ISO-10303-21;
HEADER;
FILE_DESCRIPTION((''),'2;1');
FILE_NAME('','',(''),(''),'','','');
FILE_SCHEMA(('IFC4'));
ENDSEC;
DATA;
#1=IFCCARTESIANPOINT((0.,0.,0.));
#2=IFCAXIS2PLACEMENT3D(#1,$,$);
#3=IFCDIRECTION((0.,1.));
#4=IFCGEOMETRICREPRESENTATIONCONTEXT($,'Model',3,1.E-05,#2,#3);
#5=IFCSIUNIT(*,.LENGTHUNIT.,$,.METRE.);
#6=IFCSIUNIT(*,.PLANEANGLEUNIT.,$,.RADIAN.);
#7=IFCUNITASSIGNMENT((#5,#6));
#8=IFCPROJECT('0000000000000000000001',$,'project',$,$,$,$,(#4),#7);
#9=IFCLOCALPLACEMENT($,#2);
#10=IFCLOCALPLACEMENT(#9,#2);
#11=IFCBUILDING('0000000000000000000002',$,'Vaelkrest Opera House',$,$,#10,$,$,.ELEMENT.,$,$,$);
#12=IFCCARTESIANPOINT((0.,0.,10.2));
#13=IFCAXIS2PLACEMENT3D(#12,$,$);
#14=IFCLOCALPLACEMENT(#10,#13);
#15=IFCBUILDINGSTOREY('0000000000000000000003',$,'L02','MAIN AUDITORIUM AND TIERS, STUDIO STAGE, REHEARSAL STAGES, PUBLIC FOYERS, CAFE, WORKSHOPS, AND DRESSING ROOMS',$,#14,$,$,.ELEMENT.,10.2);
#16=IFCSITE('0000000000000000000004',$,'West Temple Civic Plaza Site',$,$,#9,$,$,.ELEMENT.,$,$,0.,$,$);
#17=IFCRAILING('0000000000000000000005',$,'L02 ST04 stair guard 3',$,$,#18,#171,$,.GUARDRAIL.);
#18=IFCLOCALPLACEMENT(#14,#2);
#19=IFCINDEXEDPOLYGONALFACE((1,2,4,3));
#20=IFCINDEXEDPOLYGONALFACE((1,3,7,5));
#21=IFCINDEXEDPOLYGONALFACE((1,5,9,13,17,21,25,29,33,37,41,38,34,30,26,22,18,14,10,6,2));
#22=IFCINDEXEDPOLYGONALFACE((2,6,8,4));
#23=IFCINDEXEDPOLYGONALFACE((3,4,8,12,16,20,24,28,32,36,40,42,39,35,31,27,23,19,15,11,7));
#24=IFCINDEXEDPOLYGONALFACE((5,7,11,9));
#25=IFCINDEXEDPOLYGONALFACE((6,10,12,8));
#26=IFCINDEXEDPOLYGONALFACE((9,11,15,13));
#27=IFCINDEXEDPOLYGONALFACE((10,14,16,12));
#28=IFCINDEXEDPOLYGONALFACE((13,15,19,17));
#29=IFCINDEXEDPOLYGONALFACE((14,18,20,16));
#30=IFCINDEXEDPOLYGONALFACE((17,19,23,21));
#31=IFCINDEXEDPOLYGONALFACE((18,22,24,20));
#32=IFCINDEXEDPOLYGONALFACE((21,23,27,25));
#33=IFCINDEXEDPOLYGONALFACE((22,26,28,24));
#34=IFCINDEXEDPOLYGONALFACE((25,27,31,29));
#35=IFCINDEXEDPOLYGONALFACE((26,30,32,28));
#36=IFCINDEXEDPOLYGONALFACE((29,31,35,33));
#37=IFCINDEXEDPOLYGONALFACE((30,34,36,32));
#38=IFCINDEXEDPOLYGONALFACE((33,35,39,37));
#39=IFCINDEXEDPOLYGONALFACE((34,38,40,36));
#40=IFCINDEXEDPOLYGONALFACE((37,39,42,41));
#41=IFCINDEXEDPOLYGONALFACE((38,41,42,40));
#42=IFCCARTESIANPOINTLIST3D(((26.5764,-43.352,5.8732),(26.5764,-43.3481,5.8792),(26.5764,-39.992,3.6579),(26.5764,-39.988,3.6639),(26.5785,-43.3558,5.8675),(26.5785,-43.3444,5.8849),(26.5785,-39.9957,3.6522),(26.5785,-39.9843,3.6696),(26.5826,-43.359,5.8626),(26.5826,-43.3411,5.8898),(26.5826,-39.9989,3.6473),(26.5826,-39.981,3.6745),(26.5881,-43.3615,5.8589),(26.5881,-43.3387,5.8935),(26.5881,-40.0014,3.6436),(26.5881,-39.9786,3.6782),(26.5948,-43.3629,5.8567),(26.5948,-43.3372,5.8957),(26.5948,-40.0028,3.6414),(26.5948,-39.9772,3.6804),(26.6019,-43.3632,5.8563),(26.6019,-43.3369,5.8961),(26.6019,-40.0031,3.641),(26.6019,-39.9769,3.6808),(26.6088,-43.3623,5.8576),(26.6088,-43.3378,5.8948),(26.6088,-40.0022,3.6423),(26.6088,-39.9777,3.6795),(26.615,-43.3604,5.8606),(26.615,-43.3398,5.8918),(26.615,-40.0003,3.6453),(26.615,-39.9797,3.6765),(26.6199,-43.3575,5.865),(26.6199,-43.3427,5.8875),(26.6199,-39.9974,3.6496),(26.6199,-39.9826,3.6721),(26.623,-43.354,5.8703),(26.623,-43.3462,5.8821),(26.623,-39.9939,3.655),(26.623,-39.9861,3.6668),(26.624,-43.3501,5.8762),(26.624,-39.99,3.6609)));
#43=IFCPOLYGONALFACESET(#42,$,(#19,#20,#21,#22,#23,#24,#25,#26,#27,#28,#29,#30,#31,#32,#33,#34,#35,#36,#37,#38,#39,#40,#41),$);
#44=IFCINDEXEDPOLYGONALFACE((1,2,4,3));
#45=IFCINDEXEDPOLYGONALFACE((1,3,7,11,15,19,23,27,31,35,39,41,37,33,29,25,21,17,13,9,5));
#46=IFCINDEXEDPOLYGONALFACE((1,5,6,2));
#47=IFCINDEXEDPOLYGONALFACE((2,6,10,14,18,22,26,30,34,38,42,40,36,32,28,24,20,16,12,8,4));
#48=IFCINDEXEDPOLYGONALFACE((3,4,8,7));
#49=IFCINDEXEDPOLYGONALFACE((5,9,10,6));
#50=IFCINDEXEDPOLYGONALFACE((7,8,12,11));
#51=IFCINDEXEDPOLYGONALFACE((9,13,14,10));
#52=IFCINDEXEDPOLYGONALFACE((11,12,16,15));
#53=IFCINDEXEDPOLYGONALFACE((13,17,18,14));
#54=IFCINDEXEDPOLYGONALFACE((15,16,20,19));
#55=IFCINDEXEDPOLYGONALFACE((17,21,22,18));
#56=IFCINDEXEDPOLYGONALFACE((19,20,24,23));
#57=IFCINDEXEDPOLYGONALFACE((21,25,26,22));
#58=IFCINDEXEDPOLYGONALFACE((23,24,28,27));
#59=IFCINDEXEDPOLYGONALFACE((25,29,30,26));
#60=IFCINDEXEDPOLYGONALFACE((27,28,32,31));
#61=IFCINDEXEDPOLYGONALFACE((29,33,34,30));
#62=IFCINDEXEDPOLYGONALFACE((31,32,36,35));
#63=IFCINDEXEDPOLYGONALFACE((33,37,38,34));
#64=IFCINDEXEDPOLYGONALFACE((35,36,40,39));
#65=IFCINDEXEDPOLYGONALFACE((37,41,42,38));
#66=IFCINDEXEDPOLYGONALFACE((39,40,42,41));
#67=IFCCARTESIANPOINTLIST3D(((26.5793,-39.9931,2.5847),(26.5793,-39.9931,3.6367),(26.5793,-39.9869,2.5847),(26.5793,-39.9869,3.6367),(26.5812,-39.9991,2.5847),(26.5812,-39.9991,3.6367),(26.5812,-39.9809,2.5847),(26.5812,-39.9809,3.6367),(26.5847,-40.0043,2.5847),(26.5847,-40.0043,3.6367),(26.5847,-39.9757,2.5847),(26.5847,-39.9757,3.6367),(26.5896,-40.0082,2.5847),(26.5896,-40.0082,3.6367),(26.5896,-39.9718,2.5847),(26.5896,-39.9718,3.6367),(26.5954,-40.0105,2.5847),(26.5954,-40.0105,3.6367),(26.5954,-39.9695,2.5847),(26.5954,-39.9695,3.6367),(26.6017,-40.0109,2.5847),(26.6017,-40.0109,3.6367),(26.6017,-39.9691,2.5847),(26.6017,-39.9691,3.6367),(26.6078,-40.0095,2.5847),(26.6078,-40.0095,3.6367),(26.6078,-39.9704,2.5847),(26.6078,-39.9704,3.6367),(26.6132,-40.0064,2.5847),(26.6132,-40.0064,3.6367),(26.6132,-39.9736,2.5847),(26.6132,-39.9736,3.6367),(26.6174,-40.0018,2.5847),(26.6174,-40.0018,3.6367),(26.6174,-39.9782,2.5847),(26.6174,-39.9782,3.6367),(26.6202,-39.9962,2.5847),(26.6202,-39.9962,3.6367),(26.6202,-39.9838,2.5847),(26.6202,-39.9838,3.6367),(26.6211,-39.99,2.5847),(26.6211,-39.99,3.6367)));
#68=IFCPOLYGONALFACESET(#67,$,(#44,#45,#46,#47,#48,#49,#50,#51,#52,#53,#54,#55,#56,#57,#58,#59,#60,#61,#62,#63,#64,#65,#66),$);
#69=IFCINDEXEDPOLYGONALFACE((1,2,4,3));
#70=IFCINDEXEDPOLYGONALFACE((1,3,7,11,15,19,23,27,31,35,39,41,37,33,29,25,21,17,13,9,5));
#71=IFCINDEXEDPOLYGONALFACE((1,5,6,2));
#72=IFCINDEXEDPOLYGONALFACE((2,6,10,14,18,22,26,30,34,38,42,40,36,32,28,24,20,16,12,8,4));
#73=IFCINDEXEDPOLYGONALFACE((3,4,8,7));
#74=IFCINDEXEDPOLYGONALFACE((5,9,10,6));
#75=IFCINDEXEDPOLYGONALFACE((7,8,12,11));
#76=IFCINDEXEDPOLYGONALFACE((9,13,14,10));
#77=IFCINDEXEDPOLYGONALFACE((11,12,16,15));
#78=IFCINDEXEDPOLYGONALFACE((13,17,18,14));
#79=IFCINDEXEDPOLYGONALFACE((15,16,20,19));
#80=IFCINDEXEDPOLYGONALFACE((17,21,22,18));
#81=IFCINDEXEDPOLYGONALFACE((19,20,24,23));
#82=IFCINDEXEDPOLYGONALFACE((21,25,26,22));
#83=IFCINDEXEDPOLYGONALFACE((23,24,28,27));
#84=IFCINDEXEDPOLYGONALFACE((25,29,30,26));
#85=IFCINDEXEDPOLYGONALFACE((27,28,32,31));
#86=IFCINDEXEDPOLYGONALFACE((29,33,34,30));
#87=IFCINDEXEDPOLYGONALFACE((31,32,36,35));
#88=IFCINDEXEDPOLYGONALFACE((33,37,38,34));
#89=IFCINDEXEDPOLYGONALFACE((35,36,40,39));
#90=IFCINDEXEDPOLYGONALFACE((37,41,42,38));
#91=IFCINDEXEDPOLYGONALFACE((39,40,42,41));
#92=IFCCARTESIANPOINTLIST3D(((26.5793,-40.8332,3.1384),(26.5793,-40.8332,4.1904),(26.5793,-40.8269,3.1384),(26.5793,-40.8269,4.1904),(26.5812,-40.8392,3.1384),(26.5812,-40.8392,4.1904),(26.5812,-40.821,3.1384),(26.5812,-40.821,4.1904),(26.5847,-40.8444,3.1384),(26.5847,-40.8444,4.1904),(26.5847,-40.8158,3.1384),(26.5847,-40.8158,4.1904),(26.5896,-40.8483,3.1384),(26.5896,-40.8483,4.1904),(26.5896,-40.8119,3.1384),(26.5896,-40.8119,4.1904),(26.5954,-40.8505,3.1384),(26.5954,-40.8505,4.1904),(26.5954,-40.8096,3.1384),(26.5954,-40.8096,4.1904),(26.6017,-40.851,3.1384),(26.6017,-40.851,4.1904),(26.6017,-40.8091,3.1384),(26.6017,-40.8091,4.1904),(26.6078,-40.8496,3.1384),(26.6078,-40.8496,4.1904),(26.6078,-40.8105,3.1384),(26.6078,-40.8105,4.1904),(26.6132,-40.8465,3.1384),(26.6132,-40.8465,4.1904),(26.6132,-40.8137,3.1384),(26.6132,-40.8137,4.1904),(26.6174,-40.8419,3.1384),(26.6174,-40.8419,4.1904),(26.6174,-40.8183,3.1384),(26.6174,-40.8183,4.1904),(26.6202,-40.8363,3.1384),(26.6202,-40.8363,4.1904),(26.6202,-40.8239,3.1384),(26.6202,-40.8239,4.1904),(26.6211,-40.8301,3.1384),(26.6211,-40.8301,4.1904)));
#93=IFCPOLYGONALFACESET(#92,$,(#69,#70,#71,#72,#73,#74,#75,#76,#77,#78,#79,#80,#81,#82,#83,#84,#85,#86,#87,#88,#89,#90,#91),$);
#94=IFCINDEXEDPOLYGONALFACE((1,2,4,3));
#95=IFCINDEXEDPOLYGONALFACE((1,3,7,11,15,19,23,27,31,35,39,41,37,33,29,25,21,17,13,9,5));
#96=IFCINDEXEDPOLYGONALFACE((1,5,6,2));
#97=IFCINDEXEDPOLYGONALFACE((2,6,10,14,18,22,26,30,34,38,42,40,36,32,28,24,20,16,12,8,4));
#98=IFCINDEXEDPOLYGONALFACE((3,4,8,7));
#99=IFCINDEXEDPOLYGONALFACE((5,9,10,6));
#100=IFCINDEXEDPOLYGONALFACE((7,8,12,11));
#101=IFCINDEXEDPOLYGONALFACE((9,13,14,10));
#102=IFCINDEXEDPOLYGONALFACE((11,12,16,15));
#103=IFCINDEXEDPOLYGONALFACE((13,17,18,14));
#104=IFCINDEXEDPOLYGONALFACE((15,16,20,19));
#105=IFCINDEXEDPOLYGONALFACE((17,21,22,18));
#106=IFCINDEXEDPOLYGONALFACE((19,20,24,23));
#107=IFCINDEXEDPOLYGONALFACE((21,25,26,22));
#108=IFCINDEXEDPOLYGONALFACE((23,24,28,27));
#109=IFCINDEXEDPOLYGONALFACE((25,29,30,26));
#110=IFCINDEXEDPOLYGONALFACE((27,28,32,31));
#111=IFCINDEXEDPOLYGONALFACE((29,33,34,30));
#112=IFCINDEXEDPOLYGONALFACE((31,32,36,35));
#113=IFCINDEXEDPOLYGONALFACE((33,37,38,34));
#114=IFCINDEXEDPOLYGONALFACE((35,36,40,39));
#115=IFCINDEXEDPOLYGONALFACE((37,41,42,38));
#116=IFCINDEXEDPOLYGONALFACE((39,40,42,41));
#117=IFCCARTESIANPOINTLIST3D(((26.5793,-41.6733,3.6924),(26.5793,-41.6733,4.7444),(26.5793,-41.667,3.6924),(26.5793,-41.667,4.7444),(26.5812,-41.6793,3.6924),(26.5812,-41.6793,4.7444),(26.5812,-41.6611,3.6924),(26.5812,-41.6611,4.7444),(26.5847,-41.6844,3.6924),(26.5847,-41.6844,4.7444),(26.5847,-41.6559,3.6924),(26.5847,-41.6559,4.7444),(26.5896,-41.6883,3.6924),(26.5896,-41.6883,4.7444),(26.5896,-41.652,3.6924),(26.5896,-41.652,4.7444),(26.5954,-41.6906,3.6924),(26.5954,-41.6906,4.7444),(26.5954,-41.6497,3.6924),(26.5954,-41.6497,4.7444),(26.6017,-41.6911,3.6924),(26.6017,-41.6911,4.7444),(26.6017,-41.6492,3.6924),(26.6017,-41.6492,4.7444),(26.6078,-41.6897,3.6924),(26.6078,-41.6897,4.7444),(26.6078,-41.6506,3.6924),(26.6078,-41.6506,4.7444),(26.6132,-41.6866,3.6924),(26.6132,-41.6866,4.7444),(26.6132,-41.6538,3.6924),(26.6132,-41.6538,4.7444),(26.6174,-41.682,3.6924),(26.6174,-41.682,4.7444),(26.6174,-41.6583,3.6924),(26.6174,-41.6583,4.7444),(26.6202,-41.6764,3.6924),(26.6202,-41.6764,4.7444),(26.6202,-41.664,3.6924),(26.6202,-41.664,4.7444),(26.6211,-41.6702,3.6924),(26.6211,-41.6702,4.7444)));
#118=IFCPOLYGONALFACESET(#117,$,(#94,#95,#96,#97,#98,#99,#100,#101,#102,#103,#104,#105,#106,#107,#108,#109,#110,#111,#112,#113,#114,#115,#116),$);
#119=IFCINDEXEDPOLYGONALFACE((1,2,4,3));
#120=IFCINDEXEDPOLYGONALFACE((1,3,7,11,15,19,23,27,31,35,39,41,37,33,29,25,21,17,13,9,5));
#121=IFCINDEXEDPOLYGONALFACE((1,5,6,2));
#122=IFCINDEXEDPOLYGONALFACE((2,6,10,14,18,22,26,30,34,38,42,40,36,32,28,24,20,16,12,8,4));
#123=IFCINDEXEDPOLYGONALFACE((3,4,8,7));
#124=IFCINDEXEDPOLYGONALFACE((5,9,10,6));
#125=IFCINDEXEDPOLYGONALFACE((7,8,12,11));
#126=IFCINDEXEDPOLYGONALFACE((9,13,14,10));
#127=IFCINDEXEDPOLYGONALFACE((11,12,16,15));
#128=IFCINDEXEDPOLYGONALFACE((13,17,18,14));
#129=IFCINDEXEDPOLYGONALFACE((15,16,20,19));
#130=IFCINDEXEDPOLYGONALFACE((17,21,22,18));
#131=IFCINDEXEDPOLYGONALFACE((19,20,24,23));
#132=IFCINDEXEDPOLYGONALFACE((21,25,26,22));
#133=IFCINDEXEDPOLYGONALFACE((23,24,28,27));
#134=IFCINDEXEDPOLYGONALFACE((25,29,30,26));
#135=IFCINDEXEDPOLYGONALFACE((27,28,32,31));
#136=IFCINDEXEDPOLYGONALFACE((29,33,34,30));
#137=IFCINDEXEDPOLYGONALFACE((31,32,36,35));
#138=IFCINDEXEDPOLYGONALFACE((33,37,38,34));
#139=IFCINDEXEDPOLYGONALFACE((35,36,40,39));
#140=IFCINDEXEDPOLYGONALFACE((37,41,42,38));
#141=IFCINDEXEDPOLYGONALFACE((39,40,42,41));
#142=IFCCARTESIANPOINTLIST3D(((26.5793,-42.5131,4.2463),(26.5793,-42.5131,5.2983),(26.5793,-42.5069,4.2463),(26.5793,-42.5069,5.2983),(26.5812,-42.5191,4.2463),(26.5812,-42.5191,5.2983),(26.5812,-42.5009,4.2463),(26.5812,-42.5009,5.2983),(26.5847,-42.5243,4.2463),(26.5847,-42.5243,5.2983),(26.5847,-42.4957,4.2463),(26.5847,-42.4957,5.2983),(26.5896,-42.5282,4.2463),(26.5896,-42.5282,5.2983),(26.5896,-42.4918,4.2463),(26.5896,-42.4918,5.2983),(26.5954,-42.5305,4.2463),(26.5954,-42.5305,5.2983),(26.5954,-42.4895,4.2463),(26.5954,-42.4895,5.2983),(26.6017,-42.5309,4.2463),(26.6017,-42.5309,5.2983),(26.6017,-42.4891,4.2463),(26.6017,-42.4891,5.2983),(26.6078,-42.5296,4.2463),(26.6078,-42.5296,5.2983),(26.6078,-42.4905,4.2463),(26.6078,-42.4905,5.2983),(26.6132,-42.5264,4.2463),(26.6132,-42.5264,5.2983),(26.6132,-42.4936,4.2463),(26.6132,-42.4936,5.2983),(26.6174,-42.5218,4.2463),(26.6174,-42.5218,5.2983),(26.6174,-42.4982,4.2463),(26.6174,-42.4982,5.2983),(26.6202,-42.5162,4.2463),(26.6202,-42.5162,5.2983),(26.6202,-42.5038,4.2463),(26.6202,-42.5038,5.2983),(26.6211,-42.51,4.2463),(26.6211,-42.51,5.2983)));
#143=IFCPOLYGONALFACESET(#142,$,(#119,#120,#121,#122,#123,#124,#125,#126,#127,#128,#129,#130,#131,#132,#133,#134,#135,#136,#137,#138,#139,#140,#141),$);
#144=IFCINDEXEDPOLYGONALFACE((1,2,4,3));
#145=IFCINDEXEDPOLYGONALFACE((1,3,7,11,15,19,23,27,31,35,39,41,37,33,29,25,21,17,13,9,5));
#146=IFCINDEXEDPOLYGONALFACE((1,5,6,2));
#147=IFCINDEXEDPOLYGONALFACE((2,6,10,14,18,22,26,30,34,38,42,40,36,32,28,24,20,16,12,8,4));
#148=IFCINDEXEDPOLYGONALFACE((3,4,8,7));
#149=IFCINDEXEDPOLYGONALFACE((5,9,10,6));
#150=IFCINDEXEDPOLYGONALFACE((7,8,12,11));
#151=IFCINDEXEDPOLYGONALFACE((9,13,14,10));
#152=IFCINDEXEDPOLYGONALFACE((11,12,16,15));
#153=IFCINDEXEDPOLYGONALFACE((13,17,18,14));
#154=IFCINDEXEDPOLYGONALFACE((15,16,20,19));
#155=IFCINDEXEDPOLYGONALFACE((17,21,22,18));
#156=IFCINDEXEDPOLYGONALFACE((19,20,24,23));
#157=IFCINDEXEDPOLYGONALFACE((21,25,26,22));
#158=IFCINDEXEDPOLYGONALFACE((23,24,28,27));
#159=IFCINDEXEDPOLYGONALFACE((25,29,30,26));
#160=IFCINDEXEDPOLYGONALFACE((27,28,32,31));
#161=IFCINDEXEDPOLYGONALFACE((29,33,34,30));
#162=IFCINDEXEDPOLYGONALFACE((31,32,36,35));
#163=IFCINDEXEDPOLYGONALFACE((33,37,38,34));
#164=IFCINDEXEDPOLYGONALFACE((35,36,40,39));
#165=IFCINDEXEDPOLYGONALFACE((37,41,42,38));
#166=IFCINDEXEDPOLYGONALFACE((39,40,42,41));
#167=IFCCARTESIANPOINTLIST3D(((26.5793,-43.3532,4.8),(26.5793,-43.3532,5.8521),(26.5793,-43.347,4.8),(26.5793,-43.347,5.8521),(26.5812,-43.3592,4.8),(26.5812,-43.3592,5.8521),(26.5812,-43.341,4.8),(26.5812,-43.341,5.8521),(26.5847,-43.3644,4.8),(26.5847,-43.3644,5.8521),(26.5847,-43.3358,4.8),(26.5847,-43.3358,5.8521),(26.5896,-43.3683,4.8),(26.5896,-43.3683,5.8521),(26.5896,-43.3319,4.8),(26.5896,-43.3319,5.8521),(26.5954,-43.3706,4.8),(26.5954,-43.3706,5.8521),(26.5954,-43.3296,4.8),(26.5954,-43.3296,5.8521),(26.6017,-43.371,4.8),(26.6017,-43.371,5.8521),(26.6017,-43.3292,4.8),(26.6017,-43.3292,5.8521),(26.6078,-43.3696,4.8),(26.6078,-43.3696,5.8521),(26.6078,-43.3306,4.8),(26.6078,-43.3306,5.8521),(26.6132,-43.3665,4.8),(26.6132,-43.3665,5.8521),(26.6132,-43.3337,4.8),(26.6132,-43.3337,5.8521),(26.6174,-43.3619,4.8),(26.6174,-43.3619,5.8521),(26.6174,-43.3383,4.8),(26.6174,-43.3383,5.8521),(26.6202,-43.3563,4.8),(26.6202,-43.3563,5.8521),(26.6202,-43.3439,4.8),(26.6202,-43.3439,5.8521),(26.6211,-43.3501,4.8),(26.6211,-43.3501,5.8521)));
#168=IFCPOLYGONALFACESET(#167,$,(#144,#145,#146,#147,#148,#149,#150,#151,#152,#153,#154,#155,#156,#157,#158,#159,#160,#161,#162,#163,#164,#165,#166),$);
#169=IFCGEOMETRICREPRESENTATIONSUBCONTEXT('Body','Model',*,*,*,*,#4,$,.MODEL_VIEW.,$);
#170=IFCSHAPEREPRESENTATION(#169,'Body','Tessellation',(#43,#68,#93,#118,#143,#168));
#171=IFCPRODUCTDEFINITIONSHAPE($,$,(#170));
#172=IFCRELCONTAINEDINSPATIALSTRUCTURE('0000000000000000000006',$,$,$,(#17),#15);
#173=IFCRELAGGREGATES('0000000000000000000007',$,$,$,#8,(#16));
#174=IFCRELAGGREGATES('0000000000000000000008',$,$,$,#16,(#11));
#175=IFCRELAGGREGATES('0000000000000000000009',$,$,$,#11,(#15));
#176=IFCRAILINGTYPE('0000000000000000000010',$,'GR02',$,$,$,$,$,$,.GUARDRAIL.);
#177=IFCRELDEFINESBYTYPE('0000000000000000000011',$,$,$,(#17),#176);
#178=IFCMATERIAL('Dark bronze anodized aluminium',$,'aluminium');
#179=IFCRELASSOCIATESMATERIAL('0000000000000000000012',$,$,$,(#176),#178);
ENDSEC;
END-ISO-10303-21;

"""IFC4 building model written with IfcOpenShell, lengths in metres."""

from ifc_helpers import new_model, si_unit, direction, frame, origin, origin_2d, place, context, subcontext, project, spatial, circle, extrude, material, type_object, element, save


model = new_model("IFC4")

# Units and contexts
model_context = context("Model", 3, precision=1e-05, world=origin(), true_north=direction((0.0, 1.0)))
body_context = subcontext(model_context, "Body", "Model", "MODEL_VIEW")
ifc_project = project(units=[si_unit("LENGTHUNIT", "METRE"), si_unit("PLANEANGLEUNIT", "RADIAN")], contexts=[model_context])

# Site, building, storey
site_placement = place(None, origin())
site = spatial("IfcSite", under=ifc_project, at=site_placement, Name="West Temple Civic Plaza Site", CompositionType="ELEMENT", RefElevation=0.0)
building_placement = place(site_placement, origin())
building = spatial("IfcBuilding", under=site, at=building_placement, Name="Vaelkrest Opera House", CompositionType="ELEMENT")
storey_placement = place(building_placement, frame((0.0, 0.0, 10.2)))
storey = spatial("IfcBuildingStorey", under=building, at=storey_placement, Name="L02", Description="MAIN AUDITORIUM AND TIERS, STUDIO STAGE, REHEARSAL STAGES, PUBLIC FOYERS, CAFE, WORKSHOPS, AND DRESSING ROOMS", CompositionType="ELEMENT", Elevation=10.2)

# Shared definitions
ifc_material_1 = material(Name="Dark bronze anodized aluminium", Category="aluminium")

# Railing
railing_type_1 = type_object("IfcRailingType", Name="GR02", PredefinedType="GUARDRAIL", material=ifc_material_1)
railing_1_placement = place(storey_placement, frame((26.6001, -39.99, 2.5847)))
element("IfcRailing", 1, at=railing_1_placement, inside=storey, type_object=railing_type_1, Name="L02 ST04 stair guard 3", PredefinedType="GUARDRAIL", context=body_context, shape_type="SweptSolid", body=[
    extrude(circle(Radius=0.0239, at=origin_2d()), frame((0.0, 0.0, 1.0762), z_axis=(0.0, -0.834876, 0.550437), x_axis=(1.0, 0.0, 0.0)), (0.0, 0.0, 1.0), 4.0247),
    extrude(circle(Radius=0.021, at=origin_2d()), origin(), (0.0, 0.0, 1.0), 1.052),
    extrude(circle(Radius=0.021, at=origin_2d()), frame((0.0, -0.8401, 0.5537)), (0.0, 0.0, 1.0), 1.052),
    extrude(circle(Radius=0.021, at=origin_2d()), frame((0.0, -1.6802, 1.1077)), (0.0, 0.0, 1.0), 1.052),
    extrude(circle(Radius=0.021, at=origin_2d()), frame((0.0, -2.52, 1.6616)), (0.0, 0.0, 1.0), 1.052),
    extrude(circle(Radius=0.021, at=origin_2d()), frame((0.0, -3.3601, 2.2153)), (0.0, 0.0, 1.0), 1.052),
])

save(model, "model.ifc")
